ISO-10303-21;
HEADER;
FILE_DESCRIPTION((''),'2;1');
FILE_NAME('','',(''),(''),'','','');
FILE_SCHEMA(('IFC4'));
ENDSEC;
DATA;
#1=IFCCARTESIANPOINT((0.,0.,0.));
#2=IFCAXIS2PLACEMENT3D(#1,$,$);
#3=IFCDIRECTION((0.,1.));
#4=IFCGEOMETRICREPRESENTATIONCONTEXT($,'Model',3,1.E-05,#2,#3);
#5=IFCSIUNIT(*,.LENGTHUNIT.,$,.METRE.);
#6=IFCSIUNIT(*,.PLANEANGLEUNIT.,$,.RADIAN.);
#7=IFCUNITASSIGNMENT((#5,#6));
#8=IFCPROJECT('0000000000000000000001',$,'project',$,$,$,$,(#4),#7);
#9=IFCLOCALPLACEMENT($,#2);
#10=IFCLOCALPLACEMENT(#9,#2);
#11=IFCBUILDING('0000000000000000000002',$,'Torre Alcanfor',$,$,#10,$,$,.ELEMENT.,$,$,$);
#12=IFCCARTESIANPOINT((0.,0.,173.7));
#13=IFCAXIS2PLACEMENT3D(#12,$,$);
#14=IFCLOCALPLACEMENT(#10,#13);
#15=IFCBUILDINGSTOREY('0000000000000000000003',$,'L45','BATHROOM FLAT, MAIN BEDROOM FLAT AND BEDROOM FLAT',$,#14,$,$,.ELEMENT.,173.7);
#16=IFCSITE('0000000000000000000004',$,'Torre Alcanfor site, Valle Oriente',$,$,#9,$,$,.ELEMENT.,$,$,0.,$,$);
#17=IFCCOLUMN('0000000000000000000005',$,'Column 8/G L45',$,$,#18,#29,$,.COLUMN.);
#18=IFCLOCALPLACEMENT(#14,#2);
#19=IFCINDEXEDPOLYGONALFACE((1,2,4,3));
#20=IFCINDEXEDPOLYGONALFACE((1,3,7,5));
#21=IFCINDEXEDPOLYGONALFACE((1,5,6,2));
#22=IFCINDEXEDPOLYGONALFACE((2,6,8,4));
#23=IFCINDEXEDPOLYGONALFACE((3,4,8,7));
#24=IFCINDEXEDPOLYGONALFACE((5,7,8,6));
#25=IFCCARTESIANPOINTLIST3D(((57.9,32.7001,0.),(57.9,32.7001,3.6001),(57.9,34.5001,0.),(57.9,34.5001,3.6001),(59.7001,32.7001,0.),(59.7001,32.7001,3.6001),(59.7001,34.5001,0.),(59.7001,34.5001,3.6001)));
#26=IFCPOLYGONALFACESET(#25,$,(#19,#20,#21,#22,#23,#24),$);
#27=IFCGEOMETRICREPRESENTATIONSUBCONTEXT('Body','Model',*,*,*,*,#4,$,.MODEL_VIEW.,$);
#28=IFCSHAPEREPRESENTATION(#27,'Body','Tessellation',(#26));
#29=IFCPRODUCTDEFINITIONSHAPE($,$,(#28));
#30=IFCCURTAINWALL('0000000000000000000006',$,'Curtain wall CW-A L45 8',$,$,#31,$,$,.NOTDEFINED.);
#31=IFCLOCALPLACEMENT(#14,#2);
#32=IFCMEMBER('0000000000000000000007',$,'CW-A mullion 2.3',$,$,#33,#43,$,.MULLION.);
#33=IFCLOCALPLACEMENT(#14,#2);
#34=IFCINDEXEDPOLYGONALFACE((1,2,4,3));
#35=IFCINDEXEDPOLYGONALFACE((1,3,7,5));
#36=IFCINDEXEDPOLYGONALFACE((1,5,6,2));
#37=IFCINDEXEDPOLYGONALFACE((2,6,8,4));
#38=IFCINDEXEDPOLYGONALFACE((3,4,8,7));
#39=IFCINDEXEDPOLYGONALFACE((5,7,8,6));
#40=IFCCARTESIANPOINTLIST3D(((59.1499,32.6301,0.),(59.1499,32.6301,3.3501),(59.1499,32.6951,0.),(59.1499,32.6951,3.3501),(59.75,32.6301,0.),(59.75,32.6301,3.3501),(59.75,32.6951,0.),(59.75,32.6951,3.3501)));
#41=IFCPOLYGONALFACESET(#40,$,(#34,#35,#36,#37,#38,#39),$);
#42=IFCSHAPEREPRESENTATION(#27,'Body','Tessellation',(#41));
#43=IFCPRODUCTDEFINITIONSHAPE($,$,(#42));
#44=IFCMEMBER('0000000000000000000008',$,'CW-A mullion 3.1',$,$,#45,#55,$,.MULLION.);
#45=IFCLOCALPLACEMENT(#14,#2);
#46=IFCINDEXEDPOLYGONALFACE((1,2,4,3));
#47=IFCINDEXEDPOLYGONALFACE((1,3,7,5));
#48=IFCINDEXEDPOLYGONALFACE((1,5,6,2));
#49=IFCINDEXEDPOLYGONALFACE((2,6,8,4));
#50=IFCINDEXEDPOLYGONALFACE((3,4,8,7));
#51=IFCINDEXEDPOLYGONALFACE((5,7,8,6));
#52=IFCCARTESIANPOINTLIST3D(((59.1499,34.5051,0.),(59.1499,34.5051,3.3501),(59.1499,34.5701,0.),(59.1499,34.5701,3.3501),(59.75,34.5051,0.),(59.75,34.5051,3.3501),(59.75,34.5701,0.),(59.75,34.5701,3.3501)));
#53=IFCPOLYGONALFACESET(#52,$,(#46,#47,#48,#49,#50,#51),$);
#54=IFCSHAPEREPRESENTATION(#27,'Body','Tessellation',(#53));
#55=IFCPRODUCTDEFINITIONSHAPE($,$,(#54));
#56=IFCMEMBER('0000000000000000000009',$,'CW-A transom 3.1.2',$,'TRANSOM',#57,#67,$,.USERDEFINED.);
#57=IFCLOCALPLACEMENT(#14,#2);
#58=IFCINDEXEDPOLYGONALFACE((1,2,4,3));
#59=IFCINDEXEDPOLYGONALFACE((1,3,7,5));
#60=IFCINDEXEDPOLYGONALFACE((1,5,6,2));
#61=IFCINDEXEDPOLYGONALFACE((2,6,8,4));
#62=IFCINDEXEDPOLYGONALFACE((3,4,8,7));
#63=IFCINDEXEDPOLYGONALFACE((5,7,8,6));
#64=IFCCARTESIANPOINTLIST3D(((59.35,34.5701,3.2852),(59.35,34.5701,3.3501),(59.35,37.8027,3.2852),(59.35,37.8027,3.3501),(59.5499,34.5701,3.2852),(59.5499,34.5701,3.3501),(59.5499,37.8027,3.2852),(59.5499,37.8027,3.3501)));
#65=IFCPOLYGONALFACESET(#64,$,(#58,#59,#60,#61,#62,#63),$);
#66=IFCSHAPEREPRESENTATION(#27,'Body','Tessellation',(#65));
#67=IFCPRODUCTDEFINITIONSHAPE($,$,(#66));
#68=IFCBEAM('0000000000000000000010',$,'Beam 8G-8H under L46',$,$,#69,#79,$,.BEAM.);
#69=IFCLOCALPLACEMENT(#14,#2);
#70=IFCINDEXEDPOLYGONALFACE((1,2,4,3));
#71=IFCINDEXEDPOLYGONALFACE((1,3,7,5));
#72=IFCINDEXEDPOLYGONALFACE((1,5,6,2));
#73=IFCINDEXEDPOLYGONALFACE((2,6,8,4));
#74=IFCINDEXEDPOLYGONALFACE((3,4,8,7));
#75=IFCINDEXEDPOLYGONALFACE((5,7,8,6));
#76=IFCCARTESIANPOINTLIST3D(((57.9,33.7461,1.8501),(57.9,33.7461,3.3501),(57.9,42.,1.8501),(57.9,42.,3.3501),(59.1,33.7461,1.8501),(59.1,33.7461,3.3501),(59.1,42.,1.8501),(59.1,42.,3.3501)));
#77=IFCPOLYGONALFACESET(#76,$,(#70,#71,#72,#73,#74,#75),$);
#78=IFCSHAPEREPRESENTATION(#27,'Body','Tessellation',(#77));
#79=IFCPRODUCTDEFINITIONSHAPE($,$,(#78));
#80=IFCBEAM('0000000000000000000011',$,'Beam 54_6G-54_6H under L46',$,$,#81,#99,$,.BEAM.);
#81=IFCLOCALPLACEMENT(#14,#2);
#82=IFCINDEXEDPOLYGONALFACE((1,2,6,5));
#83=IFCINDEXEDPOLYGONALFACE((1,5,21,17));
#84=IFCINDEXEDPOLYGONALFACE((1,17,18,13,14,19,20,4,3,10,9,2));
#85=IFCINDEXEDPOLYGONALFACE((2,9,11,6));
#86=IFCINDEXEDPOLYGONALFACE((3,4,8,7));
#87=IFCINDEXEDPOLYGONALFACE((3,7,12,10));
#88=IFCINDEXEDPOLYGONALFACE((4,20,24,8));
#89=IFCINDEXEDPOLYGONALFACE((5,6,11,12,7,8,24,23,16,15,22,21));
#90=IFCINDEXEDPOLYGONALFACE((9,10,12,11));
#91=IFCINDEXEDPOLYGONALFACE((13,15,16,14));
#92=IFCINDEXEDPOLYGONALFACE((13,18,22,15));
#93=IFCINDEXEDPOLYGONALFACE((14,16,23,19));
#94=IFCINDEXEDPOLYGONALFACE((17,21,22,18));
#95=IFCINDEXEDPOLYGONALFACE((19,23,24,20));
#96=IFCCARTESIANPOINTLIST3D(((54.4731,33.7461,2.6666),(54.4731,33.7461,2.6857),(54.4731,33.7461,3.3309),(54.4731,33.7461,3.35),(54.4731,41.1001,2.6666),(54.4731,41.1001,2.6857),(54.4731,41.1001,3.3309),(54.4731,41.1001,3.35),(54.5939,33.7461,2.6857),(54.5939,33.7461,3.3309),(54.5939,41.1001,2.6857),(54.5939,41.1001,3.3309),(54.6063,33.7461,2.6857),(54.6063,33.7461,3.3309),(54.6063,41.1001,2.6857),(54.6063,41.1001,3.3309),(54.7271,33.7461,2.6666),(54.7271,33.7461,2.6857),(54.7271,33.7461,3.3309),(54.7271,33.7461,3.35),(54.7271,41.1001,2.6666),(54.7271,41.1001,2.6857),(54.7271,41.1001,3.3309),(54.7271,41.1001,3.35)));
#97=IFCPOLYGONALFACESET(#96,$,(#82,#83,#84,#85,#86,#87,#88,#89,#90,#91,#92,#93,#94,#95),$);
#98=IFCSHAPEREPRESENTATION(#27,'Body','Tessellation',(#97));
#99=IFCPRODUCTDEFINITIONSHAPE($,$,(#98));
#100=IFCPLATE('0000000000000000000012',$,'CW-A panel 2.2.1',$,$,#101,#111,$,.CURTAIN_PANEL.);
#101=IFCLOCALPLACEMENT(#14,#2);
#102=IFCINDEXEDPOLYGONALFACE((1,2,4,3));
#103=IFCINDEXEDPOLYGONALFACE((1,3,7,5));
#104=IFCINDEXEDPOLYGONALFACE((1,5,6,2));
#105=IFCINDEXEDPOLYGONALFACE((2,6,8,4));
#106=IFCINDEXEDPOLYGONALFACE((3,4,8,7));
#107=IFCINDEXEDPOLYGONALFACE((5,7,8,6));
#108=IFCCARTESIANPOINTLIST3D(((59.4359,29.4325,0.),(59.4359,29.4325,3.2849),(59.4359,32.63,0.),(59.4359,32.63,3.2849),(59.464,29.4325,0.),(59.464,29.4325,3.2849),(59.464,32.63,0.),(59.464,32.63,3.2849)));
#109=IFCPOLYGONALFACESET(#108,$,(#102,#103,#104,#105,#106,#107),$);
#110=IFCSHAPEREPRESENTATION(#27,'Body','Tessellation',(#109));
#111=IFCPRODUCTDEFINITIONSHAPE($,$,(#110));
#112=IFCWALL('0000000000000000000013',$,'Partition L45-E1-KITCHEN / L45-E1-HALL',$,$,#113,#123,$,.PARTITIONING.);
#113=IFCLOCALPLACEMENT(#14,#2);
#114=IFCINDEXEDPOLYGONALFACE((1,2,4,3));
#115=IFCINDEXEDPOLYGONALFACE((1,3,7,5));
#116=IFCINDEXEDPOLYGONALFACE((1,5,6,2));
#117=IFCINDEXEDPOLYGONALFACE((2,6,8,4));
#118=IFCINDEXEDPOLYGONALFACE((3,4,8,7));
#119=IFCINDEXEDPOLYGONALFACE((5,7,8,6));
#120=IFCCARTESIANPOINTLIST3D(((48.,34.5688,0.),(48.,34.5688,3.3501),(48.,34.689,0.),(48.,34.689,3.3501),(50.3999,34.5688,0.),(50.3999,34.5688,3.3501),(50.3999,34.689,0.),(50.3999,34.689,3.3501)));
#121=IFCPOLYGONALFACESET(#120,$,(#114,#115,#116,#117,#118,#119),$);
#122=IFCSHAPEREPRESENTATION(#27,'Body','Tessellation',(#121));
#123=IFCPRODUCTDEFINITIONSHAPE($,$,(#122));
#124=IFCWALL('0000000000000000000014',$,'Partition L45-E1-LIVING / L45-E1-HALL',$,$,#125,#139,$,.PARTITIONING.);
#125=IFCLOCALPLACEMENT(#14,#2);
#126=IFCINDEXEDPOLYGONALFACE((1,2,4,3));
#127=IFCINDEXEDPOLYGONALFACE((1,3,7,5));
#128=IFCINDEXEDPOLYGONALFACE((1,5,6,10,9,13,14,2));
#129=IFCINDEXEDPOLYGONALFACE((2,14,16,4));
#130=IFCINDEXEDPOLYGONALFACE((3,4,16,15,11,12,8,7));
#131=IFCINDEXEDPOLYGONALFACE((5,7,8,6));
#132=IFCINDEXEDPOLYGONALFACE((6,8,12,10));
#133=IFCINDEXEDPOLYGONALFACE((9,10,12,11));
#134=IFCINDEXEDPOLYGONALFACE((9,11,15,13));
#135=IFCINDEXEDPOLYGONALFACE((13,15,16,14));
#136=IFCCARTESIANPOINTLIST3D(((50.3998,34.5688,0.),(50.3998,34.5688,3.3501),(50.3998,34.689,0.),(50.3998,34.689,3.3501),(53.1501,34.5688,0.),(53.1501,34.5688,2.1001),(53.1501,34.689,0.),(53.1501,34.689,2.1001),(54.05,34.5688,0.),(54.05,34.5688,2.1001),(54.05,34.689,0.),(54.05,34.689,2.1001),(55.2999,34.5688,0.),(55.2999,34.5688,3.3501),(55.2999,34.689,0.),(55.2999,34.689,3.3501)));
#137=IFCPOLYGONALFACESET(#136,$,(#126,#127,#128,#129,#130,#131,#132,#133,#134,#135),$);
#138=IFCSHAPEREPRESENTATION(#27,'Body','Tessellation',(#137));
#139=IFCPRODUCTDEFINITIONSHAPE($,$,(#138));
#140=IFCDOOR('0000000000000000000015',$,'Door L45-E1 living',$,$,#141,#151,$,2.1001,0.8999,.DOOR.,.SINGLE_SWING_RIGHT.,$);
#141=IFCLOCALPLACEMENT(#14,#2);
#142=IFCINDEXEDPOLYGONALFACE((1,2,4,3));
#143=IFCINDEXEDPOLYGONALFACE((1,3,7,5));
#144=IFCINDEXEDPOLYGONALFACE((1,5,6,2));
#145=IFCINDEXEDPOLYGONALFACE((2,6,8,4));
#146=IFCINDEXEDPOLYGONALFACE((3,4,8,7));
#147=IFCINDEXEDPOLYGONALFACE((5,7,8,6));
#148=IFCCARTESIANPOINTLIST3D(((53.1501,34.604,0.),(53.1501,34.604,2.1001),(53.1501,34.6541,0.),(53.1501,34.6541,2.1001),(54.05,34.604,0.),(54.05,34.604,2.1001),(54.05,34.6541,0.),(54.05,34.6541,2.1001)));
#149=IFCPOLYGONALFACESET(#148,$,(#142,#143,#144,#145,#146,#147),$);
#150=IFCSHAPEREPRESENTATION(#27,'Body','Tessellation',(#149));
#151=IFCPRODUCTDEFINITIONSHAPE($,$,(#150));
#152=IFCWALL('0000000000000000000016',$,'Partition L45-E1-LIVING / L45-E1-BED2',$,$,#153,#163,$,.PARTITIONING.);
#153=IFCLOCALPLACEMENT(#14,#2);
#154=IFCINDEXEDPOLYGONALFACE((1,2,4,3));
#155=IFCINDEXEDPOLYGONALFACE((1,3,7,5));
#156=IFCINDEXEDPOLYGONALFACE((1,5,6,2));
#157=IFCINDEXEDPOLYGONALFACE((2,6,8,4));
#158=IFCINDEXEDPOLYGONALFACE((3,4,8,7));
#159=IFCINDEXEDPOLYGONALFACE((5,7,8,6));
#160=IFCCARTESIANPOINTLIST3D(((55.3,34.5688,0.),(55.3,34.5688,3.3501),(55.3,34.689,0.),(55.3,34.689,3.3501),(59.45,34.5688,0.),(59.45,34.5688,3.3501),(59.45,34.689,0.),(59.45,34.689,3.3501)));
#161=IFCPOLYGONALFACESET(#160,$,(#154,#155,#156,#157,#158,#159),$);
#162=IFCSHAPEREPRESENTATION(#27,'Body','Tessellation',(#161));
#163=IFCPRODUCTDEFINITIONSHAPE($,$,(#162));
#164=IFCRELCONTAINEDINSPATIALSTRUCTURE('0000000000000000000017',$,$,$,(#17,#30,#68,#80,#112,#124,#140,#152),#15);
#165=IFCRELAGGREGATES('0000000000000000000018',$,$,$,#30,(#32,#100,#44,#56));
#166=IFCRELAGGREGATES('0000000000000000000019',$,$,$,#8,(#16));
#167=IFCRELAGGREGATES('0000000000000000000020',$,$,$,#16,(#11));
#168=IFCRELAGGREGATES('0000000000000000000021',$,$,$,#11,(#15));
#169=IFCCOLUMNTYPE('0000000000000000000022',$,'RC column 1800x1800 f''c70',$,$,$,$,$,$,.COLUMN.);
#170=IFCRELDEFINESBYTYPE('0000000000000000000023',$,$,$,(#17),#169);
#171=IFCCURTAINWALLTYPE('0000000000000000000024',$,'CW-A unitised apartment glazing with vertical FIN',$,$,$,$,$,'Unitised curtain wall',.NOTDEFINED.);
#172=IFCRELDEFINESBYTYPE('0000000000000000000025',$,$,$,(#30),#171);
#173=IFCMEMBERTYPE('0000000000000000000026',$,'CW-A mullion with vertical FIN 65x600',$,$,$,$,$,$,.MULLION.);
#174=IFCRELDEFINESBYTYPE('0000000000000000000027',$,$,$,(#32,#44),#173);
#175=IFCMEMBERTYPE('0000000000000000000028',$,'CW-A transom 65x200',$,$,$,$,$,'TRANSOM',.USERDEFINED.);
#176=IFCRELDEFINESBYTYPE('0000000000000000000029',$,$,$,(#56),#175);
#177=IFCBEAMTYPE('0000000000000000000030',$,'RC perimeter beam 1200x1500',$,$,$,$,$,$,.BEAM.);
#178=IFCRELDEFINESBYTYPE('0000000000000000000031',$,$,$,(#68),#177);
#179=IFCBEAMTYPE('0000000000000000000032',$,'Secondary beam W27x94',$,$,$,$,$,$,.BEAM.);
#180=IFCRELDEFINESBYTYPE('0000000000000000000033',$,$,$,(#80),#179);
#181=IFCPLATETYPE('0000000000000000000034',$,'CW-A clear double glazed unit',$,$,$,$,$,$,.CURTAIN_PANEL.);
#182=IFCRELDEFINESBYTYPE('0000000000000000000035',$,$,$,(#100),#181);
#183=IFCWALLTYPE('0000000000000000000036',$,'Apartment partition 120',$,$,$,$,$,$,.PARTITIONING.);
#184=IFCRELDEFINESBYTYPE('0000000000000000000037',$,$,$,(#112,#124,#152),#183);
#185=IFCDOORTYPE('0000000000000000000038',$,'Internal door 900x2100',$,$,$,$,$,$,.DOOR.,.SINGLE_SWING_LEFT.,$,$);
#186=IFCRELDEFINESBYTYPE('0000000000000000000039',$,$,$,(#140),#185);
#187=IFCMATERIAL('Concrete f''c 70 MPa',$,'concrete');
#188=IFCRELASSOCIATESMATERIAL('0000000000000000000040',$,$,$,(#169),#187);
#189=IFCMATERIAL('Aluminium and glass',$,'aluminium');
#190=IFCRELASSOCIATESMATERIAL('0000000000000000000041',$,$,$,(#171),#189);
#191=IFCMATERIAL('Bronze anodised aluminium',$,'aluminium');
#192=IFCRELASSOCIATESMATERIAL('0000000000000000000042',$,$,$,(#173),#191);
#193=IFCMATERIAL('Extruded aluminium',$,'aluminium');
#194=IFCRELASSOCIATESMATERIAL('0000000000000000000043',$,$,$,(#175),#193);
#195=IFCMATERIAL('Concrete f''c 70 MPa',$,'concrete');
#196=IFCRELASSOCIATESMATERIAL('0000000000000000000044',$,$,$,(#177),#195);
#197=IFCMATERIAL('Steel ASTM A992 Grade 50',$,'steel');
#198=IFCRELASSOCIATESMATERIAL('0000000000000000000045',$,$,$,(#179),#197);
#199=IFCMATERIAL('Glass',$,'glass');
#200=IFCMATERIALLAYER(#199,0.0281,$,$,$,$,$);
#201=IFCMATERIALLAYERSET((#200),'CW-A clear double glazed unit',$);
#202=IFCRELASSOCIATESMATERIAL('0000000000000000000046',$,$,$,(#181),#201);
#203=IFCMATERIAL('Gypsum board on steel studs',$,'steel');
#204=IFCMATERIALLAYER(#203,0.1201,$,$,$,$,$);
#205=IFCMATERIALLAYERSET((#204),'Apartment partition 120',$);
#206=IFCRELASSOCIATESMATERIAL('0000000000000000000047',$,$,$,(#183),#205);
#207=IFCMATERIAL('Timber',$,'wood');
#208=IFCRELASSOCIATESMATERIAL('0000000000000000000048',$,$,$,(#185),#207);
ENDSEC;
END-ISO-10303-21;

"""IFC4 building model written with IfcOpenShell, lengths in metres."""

from ifc_helpers import new_model, si_unit, direction, frame, frame_2d, origin, origin_2d, place, context, subcontext, project, spatial, rectangle, i_section, extrude, material, layer, layer_set, material_profile, profile_set, type_object, element, fill, aggregate, save


model = new_model("IFC4")

# Units and contexts
model_context = context("Model", 3, precision=1e-05, world=origin(), true_north=direction((0.0, 1.0)))
body_context = subcontext(model_context, "Body", "Model", "MODEL_VIEW")
ifc_project = project(units=[si_unit("LENGTHUNIT", "METRE"), si_unit("PLANEANGLEUNIT", "RADIAN")], contexts=[model_context])

# Site, building, storey
site_placement = place(None, origin())
site = spatial("IfcSite", under=ifc_project, at=site_placement, Name="Torre Alcanfor site, Valle Oriente", CompositionType="ELEMENT", RefElevation=0.0)
building_placement = place(site_placement, origin())
building = spatial("IfcBuilding", under=site, at=building_placement, Name="Torre Alcanfor", CompositionType="ELEMENT")
storey_placement = place(building_placement, frame((0.0, 0.0, 173.7)))
storey = spatial("IfcBuildingStorey", under=building, at=storey_placement, Name="L45", Description="BATHROOM FLAT, MAIN BEDROOM FLAT AND BEDROOM FLAT", CompositionType="ELEMENT", Elevation=173.7)

# Column
ifc_material_1 = material(Name="Concrete f'c 70 MPa", Category="concrete")
ifc_material_profile_1 = material_profile(ifc_material_1, rectangle(XDim=1.8, YDim=1.8, at=origin_2d()), Name="1800x1800")
ifc_profile_set_1 = profile_set([ifc_material_profile_1], Name="Concrete f'c 70 MPa")
column_type = type_object("IfcColumnType", Name="RC column 1800x1800 f'c70", PredefinedType="COLUMN", material=ifc_profile_set_1)
column_placement = place(storey_placement, frame((58.8, 33.6001, 0.0), z_axis=(0.0, 0.0, 1.0), x_axis=(1.0, 0.0, 0.0)))
element("IfcColumn", 1, at=column_placement, inside=storey, type_object=column_type, Name="Column 8/G L45", PredefinedType="COLUMN", context=body_context, shape_type="SweptSolid", body=[
    extrude(rectangle(XDim=1.8, YDim=1.8, at=origin_2d()), origin(), (0.0, 0.0, 1.0), 3.6001),
])

# Curtain wall, members
ifc_material_2 = material(Name="Aluminium and glass", Category="aluminium")
curtain_wall_type = type_object("IfcCurtainWallType", Name="CW-A unitised apartment glazing with vertical FIN", ElementType="Unitised curtain wall", PredefinedType="NOTDEFINED", material=ifc_material_2)
curtain_wall_placement = place(storey_placement, origin())
curtain_wall = element("IfcCurtainWall", 2, at=curtain_wall_placement, inside=storey, type_object=curtain_wall_type, Name="Curtain wall CW-A L45 8", PredefinedType="NOTDEFINED")
ifc_material_3 = material(Name="Bronze anodised aluminium", Category="aluminium")
ifc_material_profile_2 = material_profile(ifc_material_3, rectangle(XDim=0.6001, YDim=0.0649, at=origin_2d()), Name="CW-A mullion 65x600")
ifc_profile_set_2 = profile_set([ifc_material_profile_2], Name="Bronze anodised aluminium")
member_type_1 = type_object("IfcMemberType", Name="CW-A mullion with vertical FIN 65x600", PredefinedType="MULLION", material=ifc_profile_set_2)
member_1_placement = place(storey_placement, frame((59.45, 32.6626, 0.0), z_axis=(0.0, 0.0, 1.0), x_axis=(-1.0, 0.0, 0.0)))
member_1 = element("IfcMember", 3, at=member_1_placement, type_object=member_type_1, Name="CW-A mullion 2.3", PredefinedType="MULLION", context=body_context, shape_type="SweptSolid", body=[
    extrude(rectangle(XDim=0.6001, YDim=0.0649, at=origin_2d()), origin(), (0.0, 0.0, 1.0), 3.3501),
])
member_2_placement = place(storey_placement, frame((59.45, 34.5376, 0.0), z_axis=(0.0, 0.0, 1.0), x_axis=(-1.0, 0.0, 0.0)))
member_2 = element("IfcMember", 4, at=member_2_placement, type_object=member_type_1, Name="CW-A mullion 3.1", PredefinedType="MULLION", context=body_context, shape_type="SweptSolid", body=[
    extrude(rectangle(XDim=0.6001, YDim=0.0649, at=origin_2d()), origin(), (0.0, 0.0, 1.0), 3.3501),
])
ifc_material_4 = material(Name="Extruded aluminium", Category="aluminium")
ifc_material_profile_3 = material_profile(ifc_material_4, rectangle(XDim=0.2, YDim=0.0649, at=origin_2d()), Name="CW-A transom 200x65")
ifc_profile_set_3 = profile_set([ifc_material_profile_3], Name="Extruded aluminium")
member_type_2 = type_object("IfcMemberType", Name="CW-A transom 65x200", ElementType="TRANSOM", PredefinedType="USERDEFINED", material=ifc_profile_set_3)
member_3_placement = place(storey_placement, frame((59.45, 34.5701, 3.3176), z_axis=(0.0, 1.0, 0.0), x_axis=(-1.0, 0.0, 0.0)))
member_3 = element("IfcMember", 5, at=member_3_placement, type_object=member_type_2, Name="CW-A transom 3.1.2", ObjectType="TRANSOM", PredefinedType="USERDEFINED", context=body_context, shape_type="SweptSolid", body=[
    extrude(rectangle(XDim=0.2, YDim=0.0649, at=origin_2d()), origin(), (0.0, 0.0, 1.0), 3.2327),
])

# Beams
ifc_material_5 = material(Name="Concrete f'c 70 MPa", Category="concrete")
ifc_material_profile_4 = material_profile(ifc_material_5, rectangle(XDim=1.2, YDim=1.5, at=origin_2d()), Name="1200x1500")
ifc_profile_set_4 = profile_set([ifc_material_profile_4], Name="Concrete f'c 70 MPa")
beam_type_1 = type_object("IfcBeamType", Name="RC perimeter beam 1200x1500", PredefinedType="BEAM", material=ifc_profile_set_4)
beam_1_placement = place(storey_placement, frame((58.5, 33.7461, 2.6001), z_axis=(0.0, 1.0, 0.0), x_axis=(-1.0, 0.0, 0.0)))
element("IfcBeam", 6, at=beam_1_placement, inside=storey, type_object=beam_type_1, Name="Beam 8G-8H under L46", PredefinedType="BEAM", context=body_context, shape_type="SweptSolid", body=[
    extrude(rectangle(XDim=1.2, YDim=1.5, at=origin_2d()), origin(), (0.0, 0.0, 1.0), 8.2539),
])
ifc_material_6 = material(Name="Steel ASTM A992 Grade 50", Category="steel")
ifc_material_profile_5 = material_profile(ifc_material_6, i_section(OverallWidth=0.2539, OverallDepth=0.6833, WebThickness=0.0125, FlangeThickness=0.019, at=origin_2d()), Name="W27x94")
ifc_profile_set_5 = profile_set([ifc_material_profile_5], Name="Steel ASTM A992 Grade 50")
beam_type_2 = type_object("IfcBeamType", Name="Secondary beam W27x94", PredefinedType="BEAM", material=ifc_profile_set_5)
beam_2_placement = place(storey_placement, frame((54.6001, 33.7461, 3.0083), z_axis=(0.0, 1.0, 0.0), x_axis=(-1.0, 0.0, 0.0)))
element("IfcBeam", 7, at=beam_2_placement, inside=storey, type_object=beam_type_2, Name="Beam 54_6G-54_6H under L46", PredefinedType="BEAM", context=body_context, shape_type="SweptSolid", body=[
    extrude(i_section(OverallWidth=0.2539, OverallDepth=0.6833, WebThickness=0.0125, FlangeThickness=0.019, at=origin_2d()), origin(), (0.0, 0.0, 1.0), 7.354),
])

# Plate
ifc_material_7 = material(Name="Glass", Category="glass")
ifc_layer_1 = layer(ifc_material_7, 0.0281)
ifc_layer_set_1 = layer_set([ifc_layer_1], Name="CW-A clear double glazed unit")
plate_type = type_object("IfcPlateType", Name="CW-A clear double glazed unit", PredefinedType="CURTAIN_PANEL", material=ifc_layer_set_1)
plate_placement = place(storey_placement, frame((59.45, 31.0312, 0.0), z_axis=(0.0, 0.0, 1.0), x_axis=(0.0, 1.0, 0.0)))
plate = element("IfcPlate", 8, at=plate_placement, type_object=plate_type, Name="CW-A panel 2.2.1", PredefinedType="CURTAIN_PANEL", context=body_context, shape_type="SweptSolid", body=[
    extrude(rectangle(XDim=3.1975, YDim=0.0281, at=origin_2d()), origin(), (0.0, 0.0, 1.0), 3.2849),
])
aggregate(curtain_wall, [member_1, plate, member_2, member_3])

# Wall
ifc_material_8 = material(Name="Gypsum board on steel studs", Category="steel")
ifc_layer_2 = layer(ifc_material_8, 0.1201)
ifc_layer_set_2 = layer_set([ifc_layer_2], Name="Apartment partition 120")
wall_type = type_object("IfcWallType", Name="Apartment partition 120", PredefinedType="PARTITIONING", material=ifc_layer_set_2)
wall_1_placement = place(storey_placement, frame((50.3999, 34.6289, 0.0), z_axis=(0.0, 0.0, 1.0), x_axis=(-1.0, 0.0, 0.0)))
element("IfcWall", 9, at=wall_1_placement, inside=storey, type_object=wall_type, Name="Partition L45-E1-KITCHEN / L45-E1-HALL", PredefinedType="PARTITIONING", context=body_context, shape_type="SweptSolid", body=[
    extrude(rectangle(XDim=2.3999, YDim=0.1201, at=frame_2d((1.2, 0.0))), origin(), (0.0, 0.0, 1.0), 3.3501),
])

# Wall, opening, door
wall_2_placement = place(storey_placement, frame((55.3, 34.6289, 0.0), z_axis=(0.0, 0.0, 1.0), x_axis=(-1.0, 0.0, 0.0)))
wall_2 = element("IfcWall", 10, at=wall_2_placement, inside=storey, type_object=wall_type, Name="Partition L45-E1-LIVING / L45-E1-HALL", PredefinedType="PARTITIONING", context=body_context, shape_type="SweptSolid", body=[
    extrude(rectangle(XDim=4.9001, YDim=0.1201, at=frame_2d((2.4502, 0.0))), origin(), (0.0, 0.0, 1.0), 3.3501),
])
opening_1_placement = place(wall_2_placement, frame((1.25, 0.0, 0.0)))
opening_1 = element("IfcOpeningElement", 11, at=opening_1_placement, cuts=wall_2, PredefinedType="OPENING", context=body_context, shape_type="SweptSolid", body=[
    extrude(rectangle(XDim=0.8999, YDim=2.1001, at=frame_2d((0.45, 1.05))), frame((0.0, 0.0701, 0.0), z_axis=(0.0, -1.0, 0.0), x_axis=(1.0, 0.0, 0.0)), (0.0, 0.0, 1.0), 0.1401),
])
ifc_material_9 = material(Name="Timber", Category="wood")
door_type = type_object("IfcDoorType", Name="Internal door 900x2100", OperationType="SINGLE_SWING_LEFT", PredefinedType="DOOR", material=ifc_material_9)
door_1_placement = place(opening_1_placement, origin())
door_1 = element("IfcDoor", 12, at=door_1_placement, inside=storey, type_object=door_type, Name="Door L45-E1 living", OperationType="SINGLE_SWING_RIGHT", OverallHeight=2.1001, OverallWidth=0.8999, PredefinedType="DOOR", context=body_context, shape_type="SweptSolid", body=[
    extrude(rectangle(XDim=0.8999, YDim=2.1001, at=frame_2d((0.45, 1.05))), frame((0.0, 0.0249, 0.0), z_axis=(0.0, -1.0, 0.0), x_axis=(1.0, 0.0, 0.0)), (0.0, 0.0, 1.0), 0.05),
])
fill(opening_1, door_1)

# Wall
wall_3_placement = place(storey_placement, frame((59.45, 34.6289, 0.0), z_axis=(0.0, 0.0, 1.0), x_axis=(-1.0, 0.0, 0.0)))
element("IfcWall", 13, at=wall_3_placement, inside=storey, type_object=wall_type, Name="Partition L45-E1-LIVING / L45-E1-BED2", PredefinedType="PARTITIONING", context=body_context, shape_type="SweptSolid", body=[
    extrude(rectangle(XDim=4.1499, YDim=0.1201, at=frame_2d((2.075, 0.0))), origin(), (0.0, 0.0, 1.0), 3.3501),
])

save(model, "model.ifc")
